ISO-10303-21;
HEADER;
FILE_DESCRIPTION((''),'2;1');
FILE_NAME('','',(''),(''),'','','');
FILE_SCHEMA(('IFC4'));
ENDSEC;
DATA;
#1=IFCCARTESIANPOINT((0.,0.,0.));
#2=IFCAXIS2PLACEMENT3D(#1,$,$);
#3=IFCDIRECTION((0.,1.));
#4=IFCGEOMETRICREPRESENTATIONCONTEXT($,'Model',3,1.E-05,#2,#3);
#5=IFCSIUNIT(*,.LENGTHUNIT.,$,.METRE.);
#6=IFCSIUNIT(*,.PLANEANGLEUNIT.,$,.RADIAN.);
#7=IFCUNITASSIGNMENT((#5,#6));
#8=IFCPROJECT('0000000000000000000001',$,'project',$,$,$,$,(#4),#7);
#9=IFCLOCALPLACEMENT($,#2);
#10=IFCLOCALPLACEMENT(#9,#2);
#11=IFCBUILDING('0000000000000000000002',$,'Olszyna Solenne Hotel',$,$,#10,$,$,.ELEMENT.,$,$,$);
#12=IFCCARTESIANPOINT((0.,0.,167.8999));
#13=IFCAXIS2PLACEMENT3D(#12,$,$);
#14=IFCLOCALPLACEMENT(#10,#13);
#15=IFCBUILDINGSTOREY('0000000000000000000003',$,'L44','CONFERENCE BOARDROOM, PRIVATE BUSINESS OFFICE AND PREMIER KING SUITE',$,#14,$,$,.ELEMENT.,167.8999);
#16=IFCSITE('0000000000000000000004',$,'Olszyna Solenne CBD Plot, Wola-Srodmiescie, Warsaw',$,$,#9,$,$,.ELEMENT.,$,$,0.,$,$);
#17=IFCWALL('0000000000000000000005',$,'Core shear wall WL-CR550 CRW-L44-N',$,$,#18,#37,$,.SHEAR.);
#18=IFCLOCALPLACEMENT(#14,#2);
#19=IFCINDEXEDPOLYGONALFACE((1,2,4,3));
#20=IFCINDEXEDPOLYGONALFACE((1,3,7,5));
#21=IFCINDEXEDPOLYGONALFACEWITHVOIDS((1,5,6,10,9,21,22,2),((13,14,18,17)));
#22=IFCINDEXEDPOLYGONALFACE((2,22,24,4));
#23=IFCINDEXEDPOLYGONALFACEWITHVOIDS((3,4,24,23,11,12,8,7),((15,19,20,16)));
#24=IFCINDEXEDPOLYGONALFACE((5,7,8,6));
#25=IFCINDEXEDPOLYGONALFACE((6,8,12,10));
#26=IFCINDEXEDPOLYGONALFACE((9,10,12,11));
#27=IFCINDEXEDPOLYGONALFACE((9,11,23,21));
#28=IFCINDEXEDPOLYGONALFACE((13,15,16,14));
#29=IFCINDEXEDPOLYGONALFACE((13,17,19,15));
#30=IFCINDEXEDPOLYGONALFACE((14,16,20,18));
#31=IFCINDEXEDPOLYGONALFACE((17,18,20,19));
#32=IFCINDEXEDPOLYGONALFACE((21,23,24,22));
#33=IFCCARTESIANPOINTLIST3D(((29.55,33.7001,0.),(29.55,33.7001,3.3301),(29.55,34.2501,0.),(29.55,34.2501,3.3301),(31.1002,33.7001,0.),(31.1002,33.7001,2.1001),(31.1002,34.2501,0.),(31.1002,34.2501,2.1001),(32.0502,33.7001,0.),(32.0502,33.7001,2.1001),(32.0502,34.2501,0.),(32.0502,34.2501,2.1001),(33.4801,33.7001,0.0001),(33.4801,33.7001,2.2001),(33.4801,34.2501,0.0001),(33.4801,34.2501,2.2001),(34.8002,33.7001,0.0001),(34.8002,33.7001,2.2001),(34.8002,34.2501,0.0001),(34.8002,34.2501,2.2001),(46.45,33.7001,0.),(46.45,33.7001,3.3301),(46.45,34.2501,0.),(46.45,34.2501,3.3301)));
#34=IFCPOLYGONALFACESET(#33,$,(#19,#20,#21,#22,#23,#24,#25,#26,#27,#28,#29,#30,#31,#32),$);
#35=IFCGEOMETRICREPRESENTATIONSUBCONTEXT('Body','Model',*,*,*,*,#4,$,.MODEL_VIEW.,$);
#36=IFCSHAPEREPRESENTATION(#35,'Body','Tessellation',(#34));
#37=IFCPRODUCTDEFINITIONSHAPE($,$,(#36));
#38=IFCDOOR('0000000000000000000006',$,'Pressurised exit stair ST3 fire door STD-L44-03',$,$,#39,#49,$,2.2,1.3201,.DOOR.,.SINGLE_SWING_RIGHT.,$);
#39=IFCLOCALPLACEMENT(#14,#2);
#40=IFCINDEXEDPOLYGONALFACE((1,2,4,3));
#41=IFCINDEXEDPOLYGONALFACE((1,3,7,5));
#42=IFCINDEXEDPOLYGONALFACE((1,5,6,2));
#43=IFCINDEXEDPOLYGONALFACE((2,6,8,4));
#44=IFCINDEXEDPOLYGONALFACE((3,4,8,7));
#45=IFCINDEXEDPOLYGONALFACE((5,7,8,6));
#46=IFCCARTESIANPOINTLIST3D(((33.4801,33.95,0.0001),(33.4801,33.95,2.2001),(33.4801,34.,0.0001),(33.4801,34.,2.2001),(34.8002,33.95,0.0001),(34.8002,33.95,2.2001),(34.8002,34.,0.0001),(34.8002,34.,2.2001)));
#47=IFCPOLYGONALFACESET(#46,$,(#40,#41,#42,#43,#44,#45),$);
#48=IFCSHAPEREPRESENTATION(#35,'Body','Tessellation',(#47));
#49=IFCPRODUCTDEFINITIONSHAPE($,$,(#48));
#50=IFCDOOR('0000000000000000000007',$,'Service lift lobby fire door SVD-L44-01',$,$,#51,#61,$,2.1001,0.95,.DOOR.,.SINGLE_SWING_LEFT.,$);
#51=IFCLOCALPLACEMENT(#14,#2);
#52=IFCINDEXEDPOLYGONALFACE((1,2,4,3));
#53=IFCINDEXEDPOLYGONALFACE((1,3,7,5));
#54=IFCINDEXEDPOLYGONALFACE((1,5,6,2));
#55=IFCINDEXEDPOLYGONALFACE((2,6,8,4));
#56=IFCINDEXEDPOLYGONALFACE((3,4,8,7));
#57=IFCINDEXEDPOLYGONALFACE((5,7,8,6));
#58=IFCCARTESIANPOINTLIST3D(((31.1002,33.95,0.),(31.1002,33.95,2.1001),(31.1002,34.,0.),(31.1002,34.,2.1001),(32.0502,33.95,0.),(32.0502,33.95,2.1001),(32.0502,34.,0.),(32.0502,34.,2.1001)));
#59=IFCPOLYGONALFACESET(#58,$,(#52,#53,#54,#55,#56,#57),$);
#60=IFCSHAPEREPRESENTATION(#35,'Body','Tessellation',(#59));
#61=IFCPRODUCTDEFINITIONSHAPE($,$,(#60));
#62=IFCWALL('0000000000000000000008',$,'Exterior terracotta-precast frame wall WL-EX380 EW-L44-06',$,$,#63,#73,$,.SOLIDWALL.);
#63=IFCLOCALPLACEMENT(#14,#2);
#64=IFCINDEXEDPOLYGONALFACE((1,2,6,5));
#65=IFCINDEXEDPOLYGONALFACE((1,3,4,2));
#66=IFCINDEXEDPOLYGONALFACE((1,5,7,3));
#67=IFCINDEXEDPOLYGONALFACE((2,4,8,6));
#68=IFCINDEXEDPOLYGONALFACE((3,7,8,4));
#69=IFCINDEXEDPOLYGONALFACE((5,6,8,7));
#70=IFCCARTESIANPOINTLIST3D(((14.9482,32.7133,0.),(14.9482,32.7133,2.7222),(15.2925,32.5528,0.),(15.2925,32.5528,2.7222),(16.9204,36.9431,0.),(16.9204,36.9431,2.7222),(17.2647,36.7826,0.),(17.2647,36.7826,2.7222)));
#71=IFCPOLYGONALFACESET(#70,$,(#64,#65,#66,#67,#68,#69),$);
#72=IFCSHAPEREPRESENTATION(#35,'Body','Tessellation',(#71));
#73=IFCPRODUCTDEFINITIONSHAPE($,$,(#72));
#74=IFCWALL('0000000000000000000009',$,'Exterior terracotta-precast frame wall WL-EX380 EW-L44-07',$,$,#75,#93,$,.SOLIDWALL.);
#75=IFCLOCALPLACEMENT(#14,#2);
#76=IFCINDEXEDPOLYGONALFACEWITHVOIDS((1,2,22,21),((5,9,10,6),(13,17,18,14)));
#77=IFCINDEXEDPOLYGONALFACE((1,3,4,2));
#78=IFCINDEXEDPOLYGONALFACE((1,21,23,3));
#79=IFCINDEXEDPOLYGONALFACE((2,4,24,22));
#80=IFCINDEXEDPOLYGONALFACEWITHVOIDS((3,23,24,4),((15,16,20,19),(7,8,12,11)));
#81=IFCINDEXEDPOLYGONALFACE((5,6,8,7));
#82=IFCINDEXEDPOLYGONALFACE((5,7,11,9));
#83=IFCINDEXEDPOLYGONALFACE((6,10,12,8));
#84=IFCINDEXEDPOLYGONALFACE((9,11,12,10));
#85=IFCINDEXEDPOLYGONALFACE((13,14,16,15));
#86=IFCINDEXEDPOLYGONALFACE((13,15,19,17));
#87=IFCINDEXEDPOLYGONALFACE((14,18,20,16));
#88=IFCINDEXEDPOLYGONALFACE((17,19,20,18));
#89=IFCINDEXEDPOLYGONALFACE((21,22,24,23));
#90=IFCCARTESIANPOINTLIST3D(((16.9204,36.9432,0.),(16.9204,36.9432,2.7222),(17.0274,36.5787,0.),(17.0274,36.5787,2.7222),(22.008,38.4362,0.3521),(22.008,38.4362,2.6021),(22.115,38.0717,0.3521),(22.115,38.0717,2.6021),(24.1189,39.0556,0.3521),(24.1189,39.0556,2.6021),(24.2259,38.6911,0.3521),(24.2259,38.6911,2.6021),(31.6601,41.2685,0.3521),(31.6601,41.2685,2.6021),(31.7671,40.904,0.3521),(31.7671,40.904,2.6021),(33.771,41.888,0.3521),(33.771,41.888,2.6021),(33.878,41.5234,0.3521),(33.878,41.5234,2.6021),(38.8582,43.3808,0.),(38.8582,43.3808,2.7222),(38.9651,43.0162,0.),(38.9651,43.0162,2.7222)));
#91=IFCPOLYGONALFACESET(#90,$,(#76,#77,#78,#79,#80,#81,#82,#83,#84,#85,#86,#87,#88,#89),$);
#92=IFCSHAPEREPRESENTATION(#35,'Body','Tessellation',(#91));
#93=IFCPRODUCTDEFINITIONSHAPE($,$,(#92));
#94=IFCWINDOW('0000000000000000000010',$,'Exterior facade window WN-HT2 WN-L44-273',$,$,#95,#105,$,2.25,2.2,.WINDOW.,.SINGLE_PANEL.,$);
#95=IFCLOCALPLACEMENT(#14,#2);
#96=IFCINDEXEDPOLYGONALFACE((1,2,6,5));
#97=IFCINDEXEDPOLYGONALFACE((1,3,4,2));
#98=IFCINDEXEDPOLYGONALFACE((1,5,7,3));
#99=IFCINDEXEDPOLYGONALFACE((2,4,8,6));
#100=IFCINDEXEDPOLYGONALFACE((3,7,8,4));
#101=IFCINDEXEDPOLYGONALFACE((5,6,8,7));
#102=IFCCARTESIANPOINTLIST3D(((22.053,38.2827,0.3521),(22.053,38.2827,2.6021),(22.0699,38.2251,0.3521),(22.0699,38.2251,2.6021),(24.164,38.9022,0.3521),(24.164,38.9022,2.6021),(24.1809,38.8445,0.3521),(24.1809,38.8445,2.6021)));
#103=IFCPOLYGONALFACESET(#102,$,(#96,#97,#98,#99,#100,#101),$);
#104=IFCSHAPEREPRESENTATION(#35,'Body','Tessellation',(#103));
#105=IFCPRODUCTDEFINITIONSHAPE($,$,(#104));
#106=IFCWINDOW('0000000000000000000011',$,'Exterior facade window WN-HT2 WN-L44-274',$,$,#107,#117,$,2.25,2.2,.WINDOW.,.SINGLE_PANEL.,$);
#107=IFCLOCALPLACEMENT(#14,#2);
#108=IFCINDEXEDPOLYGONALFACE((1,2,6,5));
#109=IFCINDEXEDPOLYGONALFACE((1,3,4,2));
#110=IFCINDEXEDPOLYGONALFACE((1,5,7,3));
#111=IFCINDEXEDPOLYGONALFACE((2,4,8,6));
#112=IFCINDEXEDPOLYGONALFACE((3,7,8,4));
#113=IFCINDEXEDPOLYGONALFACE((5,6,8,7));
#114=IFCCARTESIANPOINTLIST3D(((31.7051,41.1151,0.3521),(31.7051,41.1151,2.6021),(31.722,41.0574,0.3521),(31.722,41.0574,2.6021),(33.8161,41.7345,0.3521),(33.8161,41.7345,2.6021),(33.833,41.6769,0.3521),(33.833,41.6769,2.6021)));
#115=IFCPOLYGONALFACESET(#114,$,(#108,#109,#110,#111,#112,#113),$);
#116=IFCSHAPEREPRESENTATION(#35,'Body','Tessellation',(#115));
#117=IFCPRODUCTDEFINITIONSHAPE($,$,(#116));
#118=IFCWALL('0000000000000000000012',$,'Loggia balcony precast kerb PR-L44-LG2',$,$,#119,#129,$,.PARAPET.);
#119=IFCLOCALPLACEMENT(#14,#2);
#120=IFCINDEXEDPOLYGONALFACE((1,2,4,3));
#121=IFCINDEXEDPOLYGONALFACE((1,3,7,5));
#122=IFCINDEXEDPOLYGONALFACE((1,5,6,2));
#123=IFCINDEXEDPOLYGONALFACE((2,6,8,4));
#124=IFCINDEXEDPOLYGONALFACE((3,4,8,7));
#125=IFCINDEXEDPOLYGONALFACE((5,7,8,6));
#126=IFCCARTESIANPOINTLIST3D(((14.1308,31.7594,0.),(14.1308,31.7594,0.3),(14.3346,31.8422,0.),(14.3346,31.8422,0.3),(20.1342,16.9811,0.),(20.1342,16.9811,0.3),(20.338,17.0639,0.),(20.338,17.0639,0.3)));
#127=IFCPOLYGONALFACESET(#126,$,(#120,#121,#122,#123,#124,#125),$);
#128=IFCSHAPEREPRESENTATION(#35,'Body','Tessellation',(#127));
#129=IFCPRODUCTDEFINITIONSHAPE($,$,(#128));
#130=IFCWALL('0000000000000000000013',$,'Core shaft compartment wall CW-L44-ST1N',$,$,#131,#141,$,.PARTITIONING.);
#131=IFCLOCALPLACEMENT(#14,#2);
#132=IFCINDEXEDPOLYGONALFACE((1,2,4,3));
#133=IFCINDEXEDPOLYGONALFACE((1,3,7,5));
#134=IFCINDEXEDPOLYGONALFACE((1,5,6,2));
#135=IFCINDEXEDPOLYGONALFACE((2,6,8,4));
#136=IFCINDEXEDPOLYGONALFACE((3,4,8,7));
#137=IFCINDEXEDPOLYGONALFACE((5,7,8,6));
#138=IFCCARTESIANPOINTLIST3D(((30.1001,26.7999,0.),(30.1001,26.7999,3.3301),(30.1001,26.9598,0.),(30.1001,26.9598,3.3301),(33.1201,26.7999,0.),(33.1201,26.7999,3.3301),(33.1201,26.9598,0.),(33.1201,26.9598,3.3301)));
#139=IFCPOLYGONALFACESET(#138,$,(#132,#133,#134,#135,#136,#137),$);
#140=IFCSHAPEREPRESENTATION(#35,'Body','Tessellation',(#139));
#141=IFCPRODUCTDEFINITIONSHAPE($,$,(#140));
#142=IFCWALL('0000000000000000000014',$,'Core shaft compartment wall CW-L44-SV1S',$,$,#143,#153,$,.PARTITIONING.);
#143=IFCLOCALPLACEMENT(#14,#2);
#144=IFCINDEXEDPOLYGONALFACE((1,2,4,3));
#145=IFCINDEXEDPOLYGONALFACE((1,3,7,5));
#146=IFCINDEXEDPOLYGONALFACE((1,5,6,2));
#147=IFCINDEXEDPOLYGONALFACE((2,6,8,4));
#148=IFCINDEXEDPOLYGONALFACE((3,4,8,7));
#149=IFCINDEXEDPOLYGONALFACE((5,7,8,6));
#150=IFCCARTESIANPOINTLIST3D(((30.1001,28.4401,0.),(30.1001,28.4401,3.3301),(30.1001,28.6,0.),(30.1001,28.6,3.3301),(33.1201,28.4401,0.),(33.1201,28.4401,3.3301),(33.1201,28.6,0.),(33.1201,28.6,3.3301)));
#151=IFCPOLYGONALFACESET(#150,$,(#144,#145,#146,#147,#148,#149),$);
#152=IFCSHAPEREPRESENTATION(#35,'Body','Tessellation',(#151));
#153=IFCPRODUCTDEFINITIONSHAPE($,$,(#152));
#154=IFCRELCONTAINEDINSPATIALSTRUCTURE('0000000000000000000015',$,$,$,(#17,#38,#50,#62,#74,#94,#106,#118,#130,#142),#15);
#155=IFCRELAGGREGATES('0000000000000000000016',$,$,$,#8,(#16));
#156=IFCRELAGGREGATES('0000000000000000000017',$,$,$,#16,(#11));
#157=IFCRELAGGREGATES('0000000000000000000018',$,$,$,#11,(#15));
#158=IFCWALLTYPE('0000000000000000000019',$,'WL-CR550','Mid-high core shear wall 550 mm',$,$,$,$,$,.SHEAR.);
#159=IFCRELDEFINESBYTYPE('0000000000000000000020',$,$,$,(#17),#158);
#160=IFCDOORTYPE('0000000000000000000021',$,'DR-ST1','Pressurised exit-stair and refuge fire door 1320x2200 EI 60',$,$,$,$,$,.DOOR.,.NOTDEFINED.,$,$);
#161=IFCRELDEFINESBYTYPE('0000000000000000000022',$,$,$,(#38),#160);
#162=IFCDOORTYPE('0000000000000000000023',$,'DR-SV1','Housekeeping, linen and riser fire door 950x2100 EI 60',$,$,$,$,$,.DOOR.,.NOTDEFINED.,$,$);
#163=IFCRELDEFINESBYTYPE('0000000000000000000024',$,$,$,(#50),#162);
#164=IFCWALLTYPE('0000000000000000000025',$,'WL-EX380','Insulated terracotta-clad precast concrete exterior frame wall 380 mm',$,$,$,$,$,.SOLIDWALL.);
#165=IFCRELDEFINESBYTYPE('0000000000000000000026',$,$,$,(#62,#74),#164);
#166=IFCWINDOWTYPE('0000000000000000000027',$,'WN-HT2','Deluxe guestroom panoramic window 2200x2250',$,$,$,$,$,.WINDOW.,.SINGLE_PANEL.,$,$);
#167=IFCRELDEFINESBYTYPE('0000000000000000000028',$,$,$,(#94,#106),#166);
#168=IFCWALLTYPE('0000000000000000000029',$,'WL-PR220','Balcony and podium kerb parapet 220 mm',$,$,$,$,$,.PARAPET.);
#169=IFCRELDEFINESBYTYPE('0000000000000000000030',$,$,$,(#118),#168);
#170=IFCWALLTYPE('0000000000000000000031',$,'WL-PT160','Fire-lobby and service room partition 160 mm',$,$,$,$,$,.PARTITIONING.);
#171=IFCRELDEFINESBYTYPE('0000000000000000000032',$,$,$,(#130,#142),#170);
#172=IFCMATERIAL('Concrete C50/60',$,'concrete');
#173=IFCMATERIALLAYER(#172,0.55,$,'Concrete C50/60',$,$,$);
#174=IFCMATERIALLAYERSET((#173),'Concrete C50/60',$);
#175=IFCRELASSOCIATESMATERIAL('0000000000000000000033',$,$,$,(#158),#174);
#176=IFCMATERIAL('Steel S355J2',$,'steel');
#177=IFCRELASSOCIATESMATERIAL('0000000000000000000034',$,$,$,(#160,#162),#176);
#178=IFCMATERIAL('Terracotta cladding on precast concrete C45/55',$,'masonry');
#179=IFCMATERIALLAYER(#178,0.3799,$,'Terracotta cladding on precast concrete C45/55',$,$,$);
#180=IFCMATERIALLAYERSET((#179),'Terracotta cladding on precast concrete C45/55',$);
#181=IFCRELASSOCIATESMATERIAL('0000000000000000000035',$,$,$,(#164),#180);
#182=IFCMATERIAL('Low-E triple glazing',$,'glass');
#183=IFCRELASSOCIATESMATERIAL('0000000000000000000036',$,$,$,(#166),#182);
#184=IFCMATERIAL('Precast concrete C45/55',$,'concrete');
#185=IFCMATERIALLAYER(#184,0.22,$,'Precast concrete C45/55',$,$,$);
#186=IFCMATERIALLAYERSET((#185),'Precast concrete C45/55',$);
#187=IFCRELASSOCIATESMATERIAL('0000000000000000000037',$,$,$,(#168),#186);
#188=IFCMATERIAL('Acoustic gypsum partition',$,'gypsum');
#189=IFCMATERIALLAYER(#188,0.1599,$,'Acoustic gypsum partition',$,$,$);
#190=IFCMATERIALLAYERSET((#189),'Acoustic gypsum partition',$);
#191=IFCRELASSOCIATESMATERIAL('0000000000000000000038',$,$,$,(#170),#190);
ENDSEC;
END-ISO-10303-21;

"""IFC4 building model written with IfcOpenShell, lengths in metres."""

from ifc_helpers import new_model, si_unit, direction, frame, frame_2d, origin, place, context, subcontext, project, spatial, rectangle, extrude, source, transform, mapped, material, layer, layer_set, type_object, type_shapes, element, fill, save


model = new_model("IFC4")

# Units and contexts
model_context = context("Model", 3, precision=1e-05, world=origin(), true_north=direction((0.0, 1.0)))
body_context = subcontext(model_context, "Body", "Model", "MODEL_VIEW")
ifc_project = project(units=[si_unit("LENGTHUNIT", "METRE"), si_unit("PLANEANGLEUNIT", "RADIAN")], contexts=[model_context])

# Site, building, storey
site_placement = place(None, origin())
site = spatial("IfcSite", under=ifc_project, at=site_placement, Name="Olszyna Solenne CBD Plot, Wola-Srodmiescie, Warsaw", CompositionType="ELEMENT", RefElevation=0.0)
building_placement = place(site_placement, origin())
building = spatial("IfcBuilding", under=site, at=building_placement, Name="Olszyna Solenne Hotel", CompositionType="ELEMENT")
storey_placement = place(building_placement, frame((0.0, 0.0, 167.8999)))
storey = spatial("IfcBuildingStorey", under=building, at=storey_placement, Name="L44", Description="CONFERENCE BOARDROOM, PRIVATE BUSINESS OFFICE AND PREMIER KING SUITE", CompositionType="ELEMENT", Elevation=167.8999)

# Shared definitions
ifc_material_1 = material(Name="Steel S355J2", Category="steel")

# Wall, openings, doors
ifc_material_2 = material(Name="Concrete C50/60", Category="concrete")
ifc_layer_1 = layer(ifc_material_2, 0.55, Name="Concrete C50/60")
ifc_layer_set_1 = layer_set([ifc_layer_1], Name="Concrete C50/60")
wall_type_1 = type_object("IfcWallType", Name="WL-CR550", Description="Mid-high core shear wall 550 mm", PredefinedType="SHEAR", material=ifc_layer_set_1)
wall_1_placement = place(storey_placement, frame((29.55, 33.9751, 0.0), z_axis=(0.0, 0.0, 1.0), x_axis=(1.0, 0.0, 0.0)))
wall_1 = element("IfcWall", 1, at=wall_1_placement, inside=storey, type_object=wall_type_1, Name="Core shear wall WL-CR550 CRW-L44-N", PredefinedType="SHEAR", context=body_context, shape_type="SweptSolid", body=[
    extrude(rectangle(XDim=16.8999, YDim=0.55, at=frame_2d((8.45, 0.0))), origin(), (0.0, 0.0, 1.0), 3.3301),
])
opening_1_placement = place(wall_1_placement, frame((1.55, 0.0, 0.0)))
opening_1 = element("IfcOpeningElement", 2, at=opening_1_placement, cuts=wall_1, PredefinedType="OPENING", context=body_context, shape_type="SweptSolid", body=[
    extrude(rectangle(XDim=0.95, YDim=2.1001, at=frame_2d((0.4751, 1.05))), frame((0.0, 0.2852, 0.0), z_axis=(0.0, -1.0, 0.0), x_axis=(1.0, 0.0, 0.0)), (0.0, 0.0, 1.0), 0.5701),
])
opening_2_placement = place(wall_1_placement, frame((3.9299, 0.0, 0.0)))
opening_2 = element("IfcOpeningElement", 3, at=opening_2_placement, cuts=wall_1, PredefinedType="OPENING", context=body_context, shape_type="SweptSolid", body=[
    extrude(rectangle(XDim=1.3201, YDim=2.2, at=frame_2d((0.6602, 1.1001))), frame((0.0, 0.2852, 0.0), z_axis=(0.0, -1.0, 0.0), x_axis=(1.0, 0.0, 0.0)), (0.0, 0.0, 1.0), 0.5701),
])
door_type_1 = type_object("IfcDoorType", Name="DR-ST1", Description="Pressurised exit-stair and refuge fire door 1320x2200 EI 60", OperationType="NOTDEFINED", PredefinedType="DOOR", material=ifc_material_1)
shared_shape_1 = source(origin(), body_context, "Body", "SweptSolid", [
    extrude(rectangle(XDim=1.3201, YDim=2.2, at=frame_2d((0.6602, 1.1001))), frame((0.0, 0.0249, 0.0), z_axis=(0.0, -1.0, 0.0), x_axis=(1.0, 0.0, 0.0)), (0.0, 0.0, 1.0), 0.05),
])
type_shapes(door_type_1, [shared_shape_1])
door_1_placement = place(opening_2_placement, origin())
door_1 = element("IfcDoor", 4, at=door_1_placement, inside=storey, type_object=door_type_1, Name="Pressurised exit stair ST3 fire door STD-L44-03", OperationType="SINGLE_SWING_RIGHT", OverallHeight=2.2, OverallWidth=1.3201, PredefinedType="DOOR", context=body_context, shape_type="MappedRepresentation", body=[
    mapped(shared_shape_1, transform((0.0, 0.0, 0.0), x_axis=(1.0, 0.0, 0.0), y_axis=(0.0, 1.0, 0.0), z_axis=(0.0, 0.0, 1.0), scale=1.0)),
])
fill(opening_2, door_1)
door_type_2 = type_object("IfcDoorType", Name="DR-SV1", Description="Housekeeping, linen and riser fire door 950x2100 EI 60", OperationType="NOTDEFINED", PredefinedType="DOOR", material=ifc_material_1)
shared_shape_2 = source(origin(), body_context, "Body", "SweptSolid", [
    extrude(rectangle(XDim=0.95, YDim=2.1001, at=frame_2d((0.4751, 1.05))), frame((0.0, 0.0249, 0.0), z_axis=(0.0, -1.0, 0.0), x_axis=(1.0, 0.0, 0.0)), (0.0, 0.0, 1.0), 0.05),
])
type_shapes(door_type_2, [shared_shape_2])
door_2_placement = place(opening_1_placement, origin())
door_2 = element("IfcDoor", 5, at=door_2_placement, inside=storey, type_object=door_type_2, Name="Service lift lobby fire door SVD-L44-01", OperationType="SINGLE_SWING_LEFT", OverallHeight=2.1001, OverallWidth=0.95, PredefinedType="DOOR", context=body_context, shape_type="MappedRepresentation", body=[
    mapped(shared_shape_2, transform((0.0, 0.0, 0.0), x_axis=(1.0, 0.0, 0.0), y_axis=(0.0, 1.0, 0.0), z_axis=(0.0, 0.0, 1.0), scale=1.0)),
])
fill(opening_1, door_2)

# Wall
ifc_material_3 = material(Name="Terracotta cladding on precast concrete C45/55", Category="masonry")
ifc_layer_2 = layer(ifc_material_3, 0.3799, Name="Terracotta cladding on precast concrete C45/55")
ifc_layer_set_2 = layer_set([ifc_layer_2], Name="Terracotta cladding on precast concrete C45/55")
wall_type_2 = type_object("IfcWallType", Name="WL-EX380", Description="Insulated terracotta-clad precast concrete exterior frame wall 380 mm", PredefinedType="SOLIDWALL", material=ifc_layer_set_2)
wall_2_placement = place(storey_placement, frame((15.1204, 32.6331, 0.0), z_axis=(0.0, 0.0, 1.0), x_axis=(0.422585, 0.906323, 0.0)))
element("IfcWall", 6, at=wall_2_placement, inside=storey, type_object=wall_type_2, Name="Exterior terracotta-precast frame wall WL-EX380 EW-L44-06", PredefinedType="SOLIDWALL", context=body_context, shape_type="SweptSolid", body=[
    extrude(rectangle(XDim=4.667, YDim=0.3799, at=frame_2d((2.3335, 0.0))), origin(), (0.0, 0.0, 1.0), 2.7222),
])

# Wall, openings, windows
wall_3_placement = place(storey_placement, frame((16.9739, 36.761, 0.0), z_axis=(0.0, 0.0, 1.0), x_axis=(0.95954, 0.281571, 0.0)))
wall_3 = element("IfcWall", 7, at=wall_3_placement, inside=storey, type_object=wall_type_2, Name="Exterior terracotta-precast frame wall WL-EX380 EW-L44-07", PredefinedType="SOLIDWALL", context=body_context, shape_type="SweptSolid", body=[
    extrude(rectangle(XDim=22.8628, YDim=0.3799, at=frame_2d((11.4314, 0.0))), origin(), (0.0, 0.0, 1.0), 2.7222),
])
opening_3_placement = place(wall_3_placement, frame((5.302, 0.0, 0.3521)))
opening_3 = element("IfcOpeningElement", 8, at=opening_3_placement, cuts=wall_3, PredefinedType="OPENING", context=body_context, shape_type="SweptSolid", body=[
    extrude(rectangle(XDim=2.2, YDim=2.25, at=frame_2d((1.1001, 1.125))), frame((0.0, 0.2, 0.0), z_axis=(0.0, -1.0, 0.0), x_axis=(1.0, 0.0, 0.0)), (0.0, 0.0, 1.0), 0.3999),
])
opening_4_placement = place(wall_3_placement, frame((15.3611, 0.0, 0.3521)))
opening_4 = element("IfcOpeningElement", 9, at=opening_4_placement, cuts=wall_3, PredefinedType="OPENING", context=body_context, shape_type="SweptSolid", body=[
    extrude(rectangle(XDim=2.2, YDim=2.25, at=frame_2d((1.1001, 1.125))), frame((0.0, 0.2, 0.0), z_axis=(0.0, -1.0, 0.0), x_axis=(1.0, 0.0, 0.0)), (0.0, 0.0, 1.0), 0.3999),
])
ifc_material_4 = material(Name="Low-E triple glazing", Category="glass")
window_type = type_object("IfcWindowType", Name="WN-HT2", Description="Deluxe guestroom panoramic window 2200x2250", PartitioningType="SINGLE_PANEL", PredefinedType="WINDOW", material=ifc_material_4)
shared_shape_3 = source(origin(), body_context, "Body", "SweptSolid", [
    extrude(rectangle(XDim=2.2, YDim=2.25, at=frame_2d((1.1001, 1.125))), frame((0.0, 0.03, 0.0), z_axis=(0.0, -1.0, 0.0), x_axis=(1.0, 0.0, 0.0)), (0.0, 0.0, 1.0), 0.0601),
])
type_shapes(window_type, [shared_shape_3])
window_1_placement = place(opening_3_placement, origin())
window_1 = element("IfcWindow", 10, at=window_1_placement, inside=storey, type_object=window_type, Name="Exterior facade window WN-HT2 WN-L44-273", OverallHeight=2.25, OverallWidth=2.2, PartitioningType="SINGLE_PANEL", PredefinedType="WINDOW", context=body_context, shape_type="MappedRepresentation", body=[
    mapped(shared_shape_3, transform((0.0, 0.0, 0.0), x_axis=(1.0, 0.0, 0.0), y_axis=(0.0, 1.0, 0.0), z_axis=(0.0, 0.0, 1.0), scale=1.0)),
])
fill(opening_3, window_1)
window_2_placement = place(opening_4_placement, origin())
window_2 = element("IfcWindow", 11, at=window_2_placement, inside=storey, type_object=window_type, Name="Exterior facade window WN-HT2 WN-L44-274", OverallHeight=2.25, OverallWidth=2.2, PartitioningType="SINGLE_PANEL", PredefinedType="WINDOW", context=body_context, shape_type="MappedRepresentation", body=[
    mapped(shared_shape_3, transform((0.0, 0.0, 0.0), x_axis=(1.0, 0.0, 0.0), y_axis=(0.0, 1.0, 0.0), z_axis=(0.0, 0.0, 1.0), scale=1.0)),
])
fill(opening_4, window_2)

# Walls
ifc_material_5 = material(Name="Precast concrete C45/55", Category="concrete")
ifc_layer_3 = layer(ifc_material_5, 0.22, Name="Precast concrete C45/55")
ifc_layer_set_3 = layer_set([ifc_layer_3], Name="Precast concrete C45/55")
wall_type_3 = type_object("IfcWallType", Name="WL-PR220", Description="Balcony and podium kerb parapet 220 mm", PredefinedType="PARAPET", material=ifc_layer_set_3)
wall_4_placement = place(storey_placement, frame((14.2327, 31.8008, 0.0), z_axis=(0.0, 0.0, 1.0), x_axis=(0.376362, -0.926473, 0.0)))
element("IfcWall", 12, at=wall_4_placement, inside=storey, type_object=wall_type_3, Name="Loggia balcony precast kerb PR-L44-LG2", PredefinedType="PARAPET", context=body_context, shape_type="SweptSolid", body=[
    extrude(rectangle(XDim=15.9512, YDim=0.22, at=frame_2d((7.9756, 0.0))), origin(), (0.0, 0.0, 1.0), 0.3),
])
ifc_material_6 = material(Name="Acoustic gypsum partition", Category="gypsum")
ifc_layer_4 = layer(ifc_material_6, 0.1599, Name="Acoustic gypsum partition")
ifc_layer_set_4 = layer_set([ifc_layer_4], Name="Acoustic gypsum partition")
wall_type_4 = type_object("IfcWallType", Name="WL-PT160", Description="Fire-lobby and service room partition 160 mm", PredefinedType="PARTITIONING", material=ifc_layer_set_4)
for number, where, z_axis, x_axis, name in (
    (13, (30.1001, 26.8799, 0.0), (0.0, 0.0, 1.0), (1.0, 0.0, 0.0), "Core shaft compartment wall CW-L44-ST1N"),
    (14, (30.1001, 28.52, 0.0), (0.0, 0.0, 1.0), (1.0, 0.0, 0.0), "Core shaft compartment wall CW-L44-SV1S"),
):
    element("IfcWall", number, at=place(storey_placement, frame(where, z_axis=z_axis, x_axis=x_axis)), inside=storey, type_object=wall_type_4, Name=name, PredefinedType="PARTITIONING", context=body_context, shape_type="SweptSolid", body=[
        extrude(rectangle(XDim=3.02, YDim=0.1599, at=frame_2d((1.51, 0.0))), origin(), (0.0, 0.0, 1.0), 3.3301),
    ])

save(model, "model.ifc")
